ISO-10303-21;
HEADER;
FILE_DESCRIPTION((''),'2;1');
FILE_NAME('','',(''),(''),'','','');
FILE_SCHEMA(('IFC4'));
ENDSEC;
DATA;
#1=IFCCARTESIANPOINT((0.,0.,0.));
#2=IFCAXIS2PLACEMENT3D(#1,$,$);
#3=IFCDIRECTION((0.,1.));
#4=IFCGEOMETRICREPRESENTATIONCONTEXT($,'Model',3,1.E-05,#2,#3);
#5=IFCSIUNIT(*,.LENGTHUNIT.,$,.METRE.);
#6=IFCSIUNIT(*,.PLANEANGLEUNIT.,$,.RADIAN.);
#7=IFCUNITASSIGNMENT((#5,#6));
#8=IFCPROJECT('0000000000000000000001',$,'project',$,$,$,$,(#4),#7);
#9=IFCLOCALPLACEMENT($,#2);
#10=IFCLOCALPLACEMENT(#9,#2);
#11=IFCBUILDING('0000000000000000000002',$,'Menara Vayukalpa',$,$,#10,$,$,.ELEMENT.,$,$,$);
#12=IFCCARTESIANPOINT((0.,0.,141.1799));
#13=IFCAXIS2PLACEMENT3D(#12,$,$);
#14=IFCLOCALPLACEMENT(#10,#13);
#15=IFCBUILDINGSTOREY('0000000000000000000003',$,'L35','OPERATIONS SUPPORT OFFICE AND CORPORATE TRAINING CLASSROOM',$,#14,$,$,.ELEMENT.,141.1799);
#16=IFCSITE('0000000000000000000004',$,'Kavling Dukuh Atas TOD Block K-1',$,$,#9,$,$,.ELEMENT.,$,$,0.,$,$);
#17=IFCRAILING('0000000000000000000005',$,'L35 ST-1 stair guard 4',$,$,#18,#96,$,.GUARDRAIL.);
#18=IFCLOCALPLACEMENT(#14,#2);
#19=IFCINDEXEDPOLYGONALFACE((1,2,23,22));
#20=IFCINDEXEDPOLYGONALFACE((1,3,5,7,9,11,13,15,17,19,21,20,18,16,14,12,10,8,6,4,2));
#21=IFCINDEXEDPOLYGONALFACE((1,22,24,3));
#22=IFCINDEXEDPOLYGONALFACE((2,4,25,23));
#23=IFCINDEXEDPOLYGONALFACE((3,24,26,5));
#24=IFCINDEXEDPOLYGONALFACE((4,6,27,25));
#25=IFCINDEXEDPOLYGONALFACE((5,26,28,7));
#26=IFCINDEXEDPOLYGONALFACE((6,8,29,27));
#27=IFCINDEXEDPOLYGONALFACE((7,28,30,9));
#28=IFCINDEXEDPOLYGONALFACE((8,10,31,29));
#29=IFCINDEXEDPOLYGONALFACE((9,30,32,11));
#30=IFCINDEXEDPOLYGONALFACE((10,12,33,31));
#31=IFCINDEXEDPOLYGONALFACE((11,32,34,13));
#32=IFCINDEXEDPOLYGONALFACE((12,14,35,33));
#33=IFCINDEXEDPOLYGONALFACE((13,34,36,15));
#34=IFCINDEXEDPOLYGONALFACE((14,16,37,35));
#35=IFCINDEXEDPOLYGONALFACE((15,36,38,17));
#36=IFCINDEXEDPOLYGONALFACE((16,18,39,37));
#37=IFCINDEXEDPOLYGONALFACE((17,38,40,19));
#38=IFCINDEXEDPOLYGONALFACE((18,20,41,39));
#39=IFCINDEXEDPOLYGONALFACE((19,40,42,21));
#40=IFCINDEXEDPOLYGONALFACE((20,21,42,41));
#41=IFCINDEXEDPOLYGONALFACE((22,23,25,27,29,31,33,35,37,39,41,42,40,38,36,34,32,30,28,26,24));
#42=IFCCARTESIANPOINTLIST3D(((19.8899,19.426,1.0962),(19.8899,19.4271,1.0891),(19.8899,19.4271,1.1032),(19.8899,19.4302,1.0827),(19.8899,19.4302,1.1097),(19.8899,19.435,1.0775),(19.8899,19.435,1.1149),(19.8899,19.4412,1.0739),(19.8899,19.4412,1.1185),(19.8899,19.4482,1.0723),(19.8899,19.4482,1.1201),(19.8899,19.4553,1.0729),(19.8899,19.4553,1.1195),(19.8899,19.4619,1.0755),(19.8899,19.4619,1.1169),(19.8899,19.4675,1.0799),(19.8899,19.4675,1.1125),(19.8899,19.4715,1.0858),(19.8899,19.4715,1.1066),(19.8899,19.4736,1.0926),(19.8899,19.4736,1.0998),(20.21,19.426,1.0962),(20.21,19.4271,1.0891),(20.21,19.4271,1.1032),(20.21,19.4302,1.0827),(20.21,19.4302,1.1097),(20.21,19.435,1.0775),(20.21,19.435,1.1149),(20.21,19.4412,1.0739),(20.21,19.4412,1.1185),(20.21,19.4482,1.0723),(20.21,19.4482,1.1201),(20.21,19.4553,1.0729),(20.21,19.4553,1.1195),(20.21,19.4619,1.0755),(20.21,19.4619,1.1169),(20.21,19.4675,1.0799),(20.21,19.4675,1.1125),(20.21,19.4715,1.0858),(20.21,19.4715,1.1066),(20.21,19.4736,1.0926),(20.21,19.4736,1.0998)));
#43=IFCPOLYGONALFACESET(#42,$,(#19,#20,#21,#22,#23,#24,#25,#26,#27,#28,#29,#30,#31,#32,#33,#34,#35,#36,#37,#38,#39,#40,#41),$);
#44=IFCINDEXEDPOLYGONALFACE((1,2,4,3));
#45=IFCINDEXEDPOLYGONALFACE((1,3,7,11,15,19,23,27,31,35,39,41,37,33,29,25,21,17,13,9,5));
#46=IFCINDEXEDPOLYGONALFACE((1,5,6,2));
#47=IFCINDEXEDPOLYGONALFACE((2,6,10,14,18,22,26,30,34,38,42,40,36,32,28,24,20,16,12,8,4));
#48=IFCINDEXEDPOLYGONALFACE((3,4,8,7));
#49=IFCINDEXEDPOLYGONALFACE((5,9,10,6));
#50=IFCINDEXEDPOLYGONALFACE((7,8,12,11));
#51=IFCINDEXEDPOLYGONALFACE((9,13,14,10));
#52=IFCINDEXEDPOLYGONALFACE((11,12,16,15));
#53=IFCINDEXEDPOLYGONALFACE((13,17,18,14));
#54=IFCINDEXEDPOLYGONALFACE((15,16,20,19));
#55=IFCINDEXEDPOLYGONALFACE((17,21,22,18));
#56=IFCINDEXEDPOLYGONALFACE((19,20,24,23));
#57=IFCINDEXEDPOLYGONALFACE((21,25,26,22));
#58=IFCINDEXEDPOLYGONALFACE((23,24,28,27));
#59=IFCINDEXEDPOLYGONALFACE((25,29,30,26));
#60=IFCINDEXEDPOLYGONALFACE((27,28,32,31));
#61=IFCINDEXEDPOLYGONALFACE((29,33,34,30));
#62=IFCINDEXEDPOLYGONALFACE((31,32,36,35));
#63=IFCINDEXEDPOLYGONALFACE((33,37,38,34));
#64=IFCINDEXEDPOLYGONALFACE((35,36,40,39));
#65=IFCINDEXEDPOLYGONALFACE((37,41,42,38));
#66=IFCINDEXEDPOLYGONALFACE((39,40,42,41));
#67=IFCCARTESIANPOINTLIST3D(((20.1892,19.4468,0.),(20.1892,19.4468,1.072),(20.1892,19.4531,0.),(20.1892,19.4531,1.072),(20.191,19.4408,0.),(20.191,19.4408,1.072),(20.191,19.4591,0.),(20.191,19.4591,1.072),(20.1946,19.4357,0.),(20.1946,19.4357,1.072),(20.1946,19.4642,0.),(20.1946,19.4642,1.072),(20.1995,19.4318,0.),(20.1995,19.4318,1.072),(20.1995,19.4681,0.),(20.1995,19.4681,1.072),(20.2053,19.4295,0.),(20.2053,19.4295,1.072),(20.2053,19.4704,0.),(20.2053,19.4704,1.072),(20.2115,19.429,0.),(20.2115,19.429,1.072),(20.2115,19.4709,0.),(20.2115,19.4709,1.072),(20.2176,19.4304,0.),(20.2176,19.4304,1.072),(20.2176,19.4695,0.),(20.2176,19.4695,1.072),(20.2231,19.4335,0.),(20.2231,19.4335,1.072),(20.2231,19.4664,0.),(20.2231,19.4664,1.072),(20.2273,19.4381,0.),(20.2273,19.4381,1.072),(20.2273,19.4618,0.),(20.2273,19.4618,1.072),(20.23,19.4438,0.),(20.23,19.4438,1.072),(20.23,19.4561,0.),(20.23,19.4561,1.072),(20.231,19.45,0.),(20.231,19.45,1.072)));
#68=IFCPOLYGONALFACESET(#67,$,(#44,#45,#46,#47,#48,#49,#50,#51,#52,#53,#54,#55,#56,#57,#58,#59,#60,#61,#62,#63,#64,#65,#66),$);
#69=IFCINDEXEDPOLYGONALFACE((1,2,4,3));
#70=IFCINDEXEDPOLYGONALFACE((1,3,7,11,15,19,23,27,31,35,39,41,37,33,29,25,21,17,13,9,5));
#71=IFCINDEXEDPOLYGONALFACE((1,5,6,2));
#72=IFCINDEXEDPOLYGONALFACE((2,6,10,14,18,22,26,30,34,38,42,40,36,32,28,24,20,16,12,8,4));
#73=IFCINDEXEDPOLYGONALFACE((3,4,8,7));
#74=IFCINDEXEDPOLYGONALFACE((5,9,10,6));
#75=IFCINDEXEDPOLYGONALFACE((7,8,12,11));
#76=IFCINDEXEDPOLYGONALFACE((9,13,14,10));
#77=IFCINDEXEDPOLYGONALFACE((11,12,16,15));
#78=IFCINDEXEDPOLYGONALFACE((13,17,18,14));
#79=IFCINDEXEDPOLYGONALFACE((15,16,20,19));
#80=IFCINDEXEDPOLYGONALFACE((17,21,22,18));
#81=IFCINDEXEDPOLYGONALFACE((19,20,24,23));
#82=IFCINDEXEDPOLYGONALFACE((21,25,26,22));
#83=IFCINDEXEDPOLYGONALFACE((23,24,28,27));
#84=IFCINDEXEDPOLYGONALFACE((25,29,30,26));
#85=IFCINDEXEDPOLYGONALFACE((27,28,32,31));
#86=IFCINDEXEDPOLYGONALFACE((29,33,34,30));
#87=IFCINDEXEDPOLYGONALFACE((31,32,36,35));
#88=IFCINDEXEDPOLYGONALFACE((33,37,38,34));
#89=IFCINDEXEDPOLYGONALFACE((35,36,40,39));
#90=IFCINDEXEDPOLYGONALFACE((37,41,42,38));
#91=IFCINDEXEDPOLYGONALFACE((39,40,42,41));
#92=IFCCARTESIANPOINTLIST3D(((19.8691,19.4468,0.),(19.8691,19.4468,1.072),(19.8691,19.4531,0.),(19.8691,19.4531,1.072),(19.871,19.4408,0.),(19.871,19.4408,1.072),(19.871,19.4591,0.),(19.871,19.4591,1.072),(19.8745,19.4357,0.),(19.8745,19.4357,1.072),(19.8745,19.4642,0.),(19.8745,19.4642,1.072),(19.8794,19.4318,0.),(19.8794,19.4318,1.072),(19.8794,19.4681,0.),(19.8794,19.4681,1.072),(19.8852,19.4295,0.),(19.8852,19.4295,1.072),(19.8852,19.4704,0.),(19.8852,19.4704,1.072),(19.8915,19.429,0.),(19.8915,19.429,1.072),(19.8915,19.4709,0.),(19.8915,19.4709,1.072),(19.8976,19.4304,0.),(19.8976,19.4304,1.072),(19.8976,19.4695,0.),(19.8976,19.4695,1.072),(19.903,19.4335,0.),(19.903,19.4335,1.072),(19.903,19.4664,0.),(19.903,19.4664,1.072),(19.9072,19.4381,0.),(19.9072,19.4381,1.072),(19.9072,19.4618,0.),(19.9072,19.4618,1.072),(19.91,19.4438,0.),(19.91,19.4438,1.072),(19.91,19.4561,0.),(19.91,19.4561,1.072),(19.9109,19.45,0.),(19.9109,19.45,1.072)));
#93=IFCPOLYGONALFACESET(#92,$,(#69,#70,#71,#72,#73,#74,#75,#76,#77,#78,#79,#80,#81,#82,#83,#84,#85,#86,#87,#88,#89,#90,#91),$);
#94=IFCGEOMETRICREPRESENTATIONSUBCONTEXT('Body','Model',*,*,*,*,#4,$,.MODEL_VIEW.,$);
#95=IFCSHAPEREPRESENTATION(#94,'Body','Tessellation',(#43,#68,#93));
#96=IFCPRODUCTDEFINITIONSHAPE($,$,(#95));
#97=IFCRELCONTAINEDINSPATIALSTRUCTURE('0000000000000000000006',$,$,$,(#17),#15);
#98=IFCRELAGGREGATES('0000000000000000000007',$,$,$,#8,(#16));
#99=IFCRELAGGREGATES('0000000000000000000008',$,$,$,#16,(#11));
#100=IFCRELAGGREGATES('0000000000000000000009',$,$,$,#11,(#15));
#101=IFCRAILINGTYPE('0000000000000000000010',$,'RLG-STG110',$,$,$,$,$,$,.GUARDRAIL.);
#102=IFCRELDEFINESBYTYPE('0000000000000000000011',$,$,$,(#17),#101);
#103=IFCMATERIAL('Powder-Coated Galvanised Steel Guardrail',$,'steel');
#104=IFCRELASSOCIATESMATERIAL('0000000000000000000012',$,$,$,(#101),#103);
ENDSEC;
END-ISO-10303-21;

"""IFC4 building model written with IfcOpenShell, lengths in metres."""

from ifc_helpers import new_model, si_unit, direction, frame, origin, origin_2d, place, context, subcontext, project, spatial, circle, extrude, material, type_object, element, save


model = new_model("IFC4")

# Units and contexts
model_context = context("Model", 3, precision=1e-05, world=origin(), true_north=direction((0.0, 1.0)))
body_context = subcontext(model_context, "Body", "Model", "MODEL_VIEW")
ifc_project = project(units=[si_unit("LENGTHUNIT", "METRE"), si_unit("PLANEANGLEUNIT", "RADIAN")], contexts=[model_context])

# Site, building, storey
site_placement = place(None, origin())
site = spatial("IfcSite", under=ifc_project, at=site_placement, Name="Kavling Dukuh Atas TOD Block K-1", CompositionType="ELEMENT", RefElevation=0.0)
building_placement = place(site_placement, origin())
building = spatial("IfcBuilding", under=site, at=building_placement, Name="Menara Vayukalpa", CompositionType="ELEMENT")
storey_placement = place(building_placement, frame((0.0, 0.0, 141.1799)))
storey = spatial("IfcBuildingStorey", under=building, at=storey_placement, Name="L35", Description="OPERATIONS SUPPORT OFFICE AND CORPORATE TRAINING CLASSROOM", CompositionType="ELEMENT", Elevation=141.1799)

# Railing
ifc_material_1 = material(Name="Powder-Coated Galvanised Steel Guardrail", Category="steel")
railing_type_1 = type_object("IfcRailingType", Name="RLG-STG110", PredefinedType="GUARDRAIL", material=ifc_material_1)
railing_1_placement = place(storey_placement, frame((20.21, 19.45, 0.0)))
element("IfcRailing", 1, at=railing_1_placement, inside=storey, type_object=railing_type_1, Name="L35 ST-1 stair guard 4", PredefinedType="GUARDRAIL", context=body_context, shape_type="SweptSolid", body=[
    extrude(circle(Radius=0.0239, at=origin_2d()), frame((0.0, 0.0, 1.0962), z_axis=(-1.0, 0.0, 0.0), x_axis=(0.0, -1.0, 0.0)), (0.0, 0.0, 1.0), 0.3201),
    extrude(circle(Radius=0.021, at=origin_2d()), origin(), (0.0, 0.0, 1.0), 1.072),
    extrude(circle(Radius=0.021, at=origin_2d()), frame((-0.3201, 0.0, 0.0)), (0.0, 0.0, 1.0), 1.072),
])

save(model, "model.ifc")
